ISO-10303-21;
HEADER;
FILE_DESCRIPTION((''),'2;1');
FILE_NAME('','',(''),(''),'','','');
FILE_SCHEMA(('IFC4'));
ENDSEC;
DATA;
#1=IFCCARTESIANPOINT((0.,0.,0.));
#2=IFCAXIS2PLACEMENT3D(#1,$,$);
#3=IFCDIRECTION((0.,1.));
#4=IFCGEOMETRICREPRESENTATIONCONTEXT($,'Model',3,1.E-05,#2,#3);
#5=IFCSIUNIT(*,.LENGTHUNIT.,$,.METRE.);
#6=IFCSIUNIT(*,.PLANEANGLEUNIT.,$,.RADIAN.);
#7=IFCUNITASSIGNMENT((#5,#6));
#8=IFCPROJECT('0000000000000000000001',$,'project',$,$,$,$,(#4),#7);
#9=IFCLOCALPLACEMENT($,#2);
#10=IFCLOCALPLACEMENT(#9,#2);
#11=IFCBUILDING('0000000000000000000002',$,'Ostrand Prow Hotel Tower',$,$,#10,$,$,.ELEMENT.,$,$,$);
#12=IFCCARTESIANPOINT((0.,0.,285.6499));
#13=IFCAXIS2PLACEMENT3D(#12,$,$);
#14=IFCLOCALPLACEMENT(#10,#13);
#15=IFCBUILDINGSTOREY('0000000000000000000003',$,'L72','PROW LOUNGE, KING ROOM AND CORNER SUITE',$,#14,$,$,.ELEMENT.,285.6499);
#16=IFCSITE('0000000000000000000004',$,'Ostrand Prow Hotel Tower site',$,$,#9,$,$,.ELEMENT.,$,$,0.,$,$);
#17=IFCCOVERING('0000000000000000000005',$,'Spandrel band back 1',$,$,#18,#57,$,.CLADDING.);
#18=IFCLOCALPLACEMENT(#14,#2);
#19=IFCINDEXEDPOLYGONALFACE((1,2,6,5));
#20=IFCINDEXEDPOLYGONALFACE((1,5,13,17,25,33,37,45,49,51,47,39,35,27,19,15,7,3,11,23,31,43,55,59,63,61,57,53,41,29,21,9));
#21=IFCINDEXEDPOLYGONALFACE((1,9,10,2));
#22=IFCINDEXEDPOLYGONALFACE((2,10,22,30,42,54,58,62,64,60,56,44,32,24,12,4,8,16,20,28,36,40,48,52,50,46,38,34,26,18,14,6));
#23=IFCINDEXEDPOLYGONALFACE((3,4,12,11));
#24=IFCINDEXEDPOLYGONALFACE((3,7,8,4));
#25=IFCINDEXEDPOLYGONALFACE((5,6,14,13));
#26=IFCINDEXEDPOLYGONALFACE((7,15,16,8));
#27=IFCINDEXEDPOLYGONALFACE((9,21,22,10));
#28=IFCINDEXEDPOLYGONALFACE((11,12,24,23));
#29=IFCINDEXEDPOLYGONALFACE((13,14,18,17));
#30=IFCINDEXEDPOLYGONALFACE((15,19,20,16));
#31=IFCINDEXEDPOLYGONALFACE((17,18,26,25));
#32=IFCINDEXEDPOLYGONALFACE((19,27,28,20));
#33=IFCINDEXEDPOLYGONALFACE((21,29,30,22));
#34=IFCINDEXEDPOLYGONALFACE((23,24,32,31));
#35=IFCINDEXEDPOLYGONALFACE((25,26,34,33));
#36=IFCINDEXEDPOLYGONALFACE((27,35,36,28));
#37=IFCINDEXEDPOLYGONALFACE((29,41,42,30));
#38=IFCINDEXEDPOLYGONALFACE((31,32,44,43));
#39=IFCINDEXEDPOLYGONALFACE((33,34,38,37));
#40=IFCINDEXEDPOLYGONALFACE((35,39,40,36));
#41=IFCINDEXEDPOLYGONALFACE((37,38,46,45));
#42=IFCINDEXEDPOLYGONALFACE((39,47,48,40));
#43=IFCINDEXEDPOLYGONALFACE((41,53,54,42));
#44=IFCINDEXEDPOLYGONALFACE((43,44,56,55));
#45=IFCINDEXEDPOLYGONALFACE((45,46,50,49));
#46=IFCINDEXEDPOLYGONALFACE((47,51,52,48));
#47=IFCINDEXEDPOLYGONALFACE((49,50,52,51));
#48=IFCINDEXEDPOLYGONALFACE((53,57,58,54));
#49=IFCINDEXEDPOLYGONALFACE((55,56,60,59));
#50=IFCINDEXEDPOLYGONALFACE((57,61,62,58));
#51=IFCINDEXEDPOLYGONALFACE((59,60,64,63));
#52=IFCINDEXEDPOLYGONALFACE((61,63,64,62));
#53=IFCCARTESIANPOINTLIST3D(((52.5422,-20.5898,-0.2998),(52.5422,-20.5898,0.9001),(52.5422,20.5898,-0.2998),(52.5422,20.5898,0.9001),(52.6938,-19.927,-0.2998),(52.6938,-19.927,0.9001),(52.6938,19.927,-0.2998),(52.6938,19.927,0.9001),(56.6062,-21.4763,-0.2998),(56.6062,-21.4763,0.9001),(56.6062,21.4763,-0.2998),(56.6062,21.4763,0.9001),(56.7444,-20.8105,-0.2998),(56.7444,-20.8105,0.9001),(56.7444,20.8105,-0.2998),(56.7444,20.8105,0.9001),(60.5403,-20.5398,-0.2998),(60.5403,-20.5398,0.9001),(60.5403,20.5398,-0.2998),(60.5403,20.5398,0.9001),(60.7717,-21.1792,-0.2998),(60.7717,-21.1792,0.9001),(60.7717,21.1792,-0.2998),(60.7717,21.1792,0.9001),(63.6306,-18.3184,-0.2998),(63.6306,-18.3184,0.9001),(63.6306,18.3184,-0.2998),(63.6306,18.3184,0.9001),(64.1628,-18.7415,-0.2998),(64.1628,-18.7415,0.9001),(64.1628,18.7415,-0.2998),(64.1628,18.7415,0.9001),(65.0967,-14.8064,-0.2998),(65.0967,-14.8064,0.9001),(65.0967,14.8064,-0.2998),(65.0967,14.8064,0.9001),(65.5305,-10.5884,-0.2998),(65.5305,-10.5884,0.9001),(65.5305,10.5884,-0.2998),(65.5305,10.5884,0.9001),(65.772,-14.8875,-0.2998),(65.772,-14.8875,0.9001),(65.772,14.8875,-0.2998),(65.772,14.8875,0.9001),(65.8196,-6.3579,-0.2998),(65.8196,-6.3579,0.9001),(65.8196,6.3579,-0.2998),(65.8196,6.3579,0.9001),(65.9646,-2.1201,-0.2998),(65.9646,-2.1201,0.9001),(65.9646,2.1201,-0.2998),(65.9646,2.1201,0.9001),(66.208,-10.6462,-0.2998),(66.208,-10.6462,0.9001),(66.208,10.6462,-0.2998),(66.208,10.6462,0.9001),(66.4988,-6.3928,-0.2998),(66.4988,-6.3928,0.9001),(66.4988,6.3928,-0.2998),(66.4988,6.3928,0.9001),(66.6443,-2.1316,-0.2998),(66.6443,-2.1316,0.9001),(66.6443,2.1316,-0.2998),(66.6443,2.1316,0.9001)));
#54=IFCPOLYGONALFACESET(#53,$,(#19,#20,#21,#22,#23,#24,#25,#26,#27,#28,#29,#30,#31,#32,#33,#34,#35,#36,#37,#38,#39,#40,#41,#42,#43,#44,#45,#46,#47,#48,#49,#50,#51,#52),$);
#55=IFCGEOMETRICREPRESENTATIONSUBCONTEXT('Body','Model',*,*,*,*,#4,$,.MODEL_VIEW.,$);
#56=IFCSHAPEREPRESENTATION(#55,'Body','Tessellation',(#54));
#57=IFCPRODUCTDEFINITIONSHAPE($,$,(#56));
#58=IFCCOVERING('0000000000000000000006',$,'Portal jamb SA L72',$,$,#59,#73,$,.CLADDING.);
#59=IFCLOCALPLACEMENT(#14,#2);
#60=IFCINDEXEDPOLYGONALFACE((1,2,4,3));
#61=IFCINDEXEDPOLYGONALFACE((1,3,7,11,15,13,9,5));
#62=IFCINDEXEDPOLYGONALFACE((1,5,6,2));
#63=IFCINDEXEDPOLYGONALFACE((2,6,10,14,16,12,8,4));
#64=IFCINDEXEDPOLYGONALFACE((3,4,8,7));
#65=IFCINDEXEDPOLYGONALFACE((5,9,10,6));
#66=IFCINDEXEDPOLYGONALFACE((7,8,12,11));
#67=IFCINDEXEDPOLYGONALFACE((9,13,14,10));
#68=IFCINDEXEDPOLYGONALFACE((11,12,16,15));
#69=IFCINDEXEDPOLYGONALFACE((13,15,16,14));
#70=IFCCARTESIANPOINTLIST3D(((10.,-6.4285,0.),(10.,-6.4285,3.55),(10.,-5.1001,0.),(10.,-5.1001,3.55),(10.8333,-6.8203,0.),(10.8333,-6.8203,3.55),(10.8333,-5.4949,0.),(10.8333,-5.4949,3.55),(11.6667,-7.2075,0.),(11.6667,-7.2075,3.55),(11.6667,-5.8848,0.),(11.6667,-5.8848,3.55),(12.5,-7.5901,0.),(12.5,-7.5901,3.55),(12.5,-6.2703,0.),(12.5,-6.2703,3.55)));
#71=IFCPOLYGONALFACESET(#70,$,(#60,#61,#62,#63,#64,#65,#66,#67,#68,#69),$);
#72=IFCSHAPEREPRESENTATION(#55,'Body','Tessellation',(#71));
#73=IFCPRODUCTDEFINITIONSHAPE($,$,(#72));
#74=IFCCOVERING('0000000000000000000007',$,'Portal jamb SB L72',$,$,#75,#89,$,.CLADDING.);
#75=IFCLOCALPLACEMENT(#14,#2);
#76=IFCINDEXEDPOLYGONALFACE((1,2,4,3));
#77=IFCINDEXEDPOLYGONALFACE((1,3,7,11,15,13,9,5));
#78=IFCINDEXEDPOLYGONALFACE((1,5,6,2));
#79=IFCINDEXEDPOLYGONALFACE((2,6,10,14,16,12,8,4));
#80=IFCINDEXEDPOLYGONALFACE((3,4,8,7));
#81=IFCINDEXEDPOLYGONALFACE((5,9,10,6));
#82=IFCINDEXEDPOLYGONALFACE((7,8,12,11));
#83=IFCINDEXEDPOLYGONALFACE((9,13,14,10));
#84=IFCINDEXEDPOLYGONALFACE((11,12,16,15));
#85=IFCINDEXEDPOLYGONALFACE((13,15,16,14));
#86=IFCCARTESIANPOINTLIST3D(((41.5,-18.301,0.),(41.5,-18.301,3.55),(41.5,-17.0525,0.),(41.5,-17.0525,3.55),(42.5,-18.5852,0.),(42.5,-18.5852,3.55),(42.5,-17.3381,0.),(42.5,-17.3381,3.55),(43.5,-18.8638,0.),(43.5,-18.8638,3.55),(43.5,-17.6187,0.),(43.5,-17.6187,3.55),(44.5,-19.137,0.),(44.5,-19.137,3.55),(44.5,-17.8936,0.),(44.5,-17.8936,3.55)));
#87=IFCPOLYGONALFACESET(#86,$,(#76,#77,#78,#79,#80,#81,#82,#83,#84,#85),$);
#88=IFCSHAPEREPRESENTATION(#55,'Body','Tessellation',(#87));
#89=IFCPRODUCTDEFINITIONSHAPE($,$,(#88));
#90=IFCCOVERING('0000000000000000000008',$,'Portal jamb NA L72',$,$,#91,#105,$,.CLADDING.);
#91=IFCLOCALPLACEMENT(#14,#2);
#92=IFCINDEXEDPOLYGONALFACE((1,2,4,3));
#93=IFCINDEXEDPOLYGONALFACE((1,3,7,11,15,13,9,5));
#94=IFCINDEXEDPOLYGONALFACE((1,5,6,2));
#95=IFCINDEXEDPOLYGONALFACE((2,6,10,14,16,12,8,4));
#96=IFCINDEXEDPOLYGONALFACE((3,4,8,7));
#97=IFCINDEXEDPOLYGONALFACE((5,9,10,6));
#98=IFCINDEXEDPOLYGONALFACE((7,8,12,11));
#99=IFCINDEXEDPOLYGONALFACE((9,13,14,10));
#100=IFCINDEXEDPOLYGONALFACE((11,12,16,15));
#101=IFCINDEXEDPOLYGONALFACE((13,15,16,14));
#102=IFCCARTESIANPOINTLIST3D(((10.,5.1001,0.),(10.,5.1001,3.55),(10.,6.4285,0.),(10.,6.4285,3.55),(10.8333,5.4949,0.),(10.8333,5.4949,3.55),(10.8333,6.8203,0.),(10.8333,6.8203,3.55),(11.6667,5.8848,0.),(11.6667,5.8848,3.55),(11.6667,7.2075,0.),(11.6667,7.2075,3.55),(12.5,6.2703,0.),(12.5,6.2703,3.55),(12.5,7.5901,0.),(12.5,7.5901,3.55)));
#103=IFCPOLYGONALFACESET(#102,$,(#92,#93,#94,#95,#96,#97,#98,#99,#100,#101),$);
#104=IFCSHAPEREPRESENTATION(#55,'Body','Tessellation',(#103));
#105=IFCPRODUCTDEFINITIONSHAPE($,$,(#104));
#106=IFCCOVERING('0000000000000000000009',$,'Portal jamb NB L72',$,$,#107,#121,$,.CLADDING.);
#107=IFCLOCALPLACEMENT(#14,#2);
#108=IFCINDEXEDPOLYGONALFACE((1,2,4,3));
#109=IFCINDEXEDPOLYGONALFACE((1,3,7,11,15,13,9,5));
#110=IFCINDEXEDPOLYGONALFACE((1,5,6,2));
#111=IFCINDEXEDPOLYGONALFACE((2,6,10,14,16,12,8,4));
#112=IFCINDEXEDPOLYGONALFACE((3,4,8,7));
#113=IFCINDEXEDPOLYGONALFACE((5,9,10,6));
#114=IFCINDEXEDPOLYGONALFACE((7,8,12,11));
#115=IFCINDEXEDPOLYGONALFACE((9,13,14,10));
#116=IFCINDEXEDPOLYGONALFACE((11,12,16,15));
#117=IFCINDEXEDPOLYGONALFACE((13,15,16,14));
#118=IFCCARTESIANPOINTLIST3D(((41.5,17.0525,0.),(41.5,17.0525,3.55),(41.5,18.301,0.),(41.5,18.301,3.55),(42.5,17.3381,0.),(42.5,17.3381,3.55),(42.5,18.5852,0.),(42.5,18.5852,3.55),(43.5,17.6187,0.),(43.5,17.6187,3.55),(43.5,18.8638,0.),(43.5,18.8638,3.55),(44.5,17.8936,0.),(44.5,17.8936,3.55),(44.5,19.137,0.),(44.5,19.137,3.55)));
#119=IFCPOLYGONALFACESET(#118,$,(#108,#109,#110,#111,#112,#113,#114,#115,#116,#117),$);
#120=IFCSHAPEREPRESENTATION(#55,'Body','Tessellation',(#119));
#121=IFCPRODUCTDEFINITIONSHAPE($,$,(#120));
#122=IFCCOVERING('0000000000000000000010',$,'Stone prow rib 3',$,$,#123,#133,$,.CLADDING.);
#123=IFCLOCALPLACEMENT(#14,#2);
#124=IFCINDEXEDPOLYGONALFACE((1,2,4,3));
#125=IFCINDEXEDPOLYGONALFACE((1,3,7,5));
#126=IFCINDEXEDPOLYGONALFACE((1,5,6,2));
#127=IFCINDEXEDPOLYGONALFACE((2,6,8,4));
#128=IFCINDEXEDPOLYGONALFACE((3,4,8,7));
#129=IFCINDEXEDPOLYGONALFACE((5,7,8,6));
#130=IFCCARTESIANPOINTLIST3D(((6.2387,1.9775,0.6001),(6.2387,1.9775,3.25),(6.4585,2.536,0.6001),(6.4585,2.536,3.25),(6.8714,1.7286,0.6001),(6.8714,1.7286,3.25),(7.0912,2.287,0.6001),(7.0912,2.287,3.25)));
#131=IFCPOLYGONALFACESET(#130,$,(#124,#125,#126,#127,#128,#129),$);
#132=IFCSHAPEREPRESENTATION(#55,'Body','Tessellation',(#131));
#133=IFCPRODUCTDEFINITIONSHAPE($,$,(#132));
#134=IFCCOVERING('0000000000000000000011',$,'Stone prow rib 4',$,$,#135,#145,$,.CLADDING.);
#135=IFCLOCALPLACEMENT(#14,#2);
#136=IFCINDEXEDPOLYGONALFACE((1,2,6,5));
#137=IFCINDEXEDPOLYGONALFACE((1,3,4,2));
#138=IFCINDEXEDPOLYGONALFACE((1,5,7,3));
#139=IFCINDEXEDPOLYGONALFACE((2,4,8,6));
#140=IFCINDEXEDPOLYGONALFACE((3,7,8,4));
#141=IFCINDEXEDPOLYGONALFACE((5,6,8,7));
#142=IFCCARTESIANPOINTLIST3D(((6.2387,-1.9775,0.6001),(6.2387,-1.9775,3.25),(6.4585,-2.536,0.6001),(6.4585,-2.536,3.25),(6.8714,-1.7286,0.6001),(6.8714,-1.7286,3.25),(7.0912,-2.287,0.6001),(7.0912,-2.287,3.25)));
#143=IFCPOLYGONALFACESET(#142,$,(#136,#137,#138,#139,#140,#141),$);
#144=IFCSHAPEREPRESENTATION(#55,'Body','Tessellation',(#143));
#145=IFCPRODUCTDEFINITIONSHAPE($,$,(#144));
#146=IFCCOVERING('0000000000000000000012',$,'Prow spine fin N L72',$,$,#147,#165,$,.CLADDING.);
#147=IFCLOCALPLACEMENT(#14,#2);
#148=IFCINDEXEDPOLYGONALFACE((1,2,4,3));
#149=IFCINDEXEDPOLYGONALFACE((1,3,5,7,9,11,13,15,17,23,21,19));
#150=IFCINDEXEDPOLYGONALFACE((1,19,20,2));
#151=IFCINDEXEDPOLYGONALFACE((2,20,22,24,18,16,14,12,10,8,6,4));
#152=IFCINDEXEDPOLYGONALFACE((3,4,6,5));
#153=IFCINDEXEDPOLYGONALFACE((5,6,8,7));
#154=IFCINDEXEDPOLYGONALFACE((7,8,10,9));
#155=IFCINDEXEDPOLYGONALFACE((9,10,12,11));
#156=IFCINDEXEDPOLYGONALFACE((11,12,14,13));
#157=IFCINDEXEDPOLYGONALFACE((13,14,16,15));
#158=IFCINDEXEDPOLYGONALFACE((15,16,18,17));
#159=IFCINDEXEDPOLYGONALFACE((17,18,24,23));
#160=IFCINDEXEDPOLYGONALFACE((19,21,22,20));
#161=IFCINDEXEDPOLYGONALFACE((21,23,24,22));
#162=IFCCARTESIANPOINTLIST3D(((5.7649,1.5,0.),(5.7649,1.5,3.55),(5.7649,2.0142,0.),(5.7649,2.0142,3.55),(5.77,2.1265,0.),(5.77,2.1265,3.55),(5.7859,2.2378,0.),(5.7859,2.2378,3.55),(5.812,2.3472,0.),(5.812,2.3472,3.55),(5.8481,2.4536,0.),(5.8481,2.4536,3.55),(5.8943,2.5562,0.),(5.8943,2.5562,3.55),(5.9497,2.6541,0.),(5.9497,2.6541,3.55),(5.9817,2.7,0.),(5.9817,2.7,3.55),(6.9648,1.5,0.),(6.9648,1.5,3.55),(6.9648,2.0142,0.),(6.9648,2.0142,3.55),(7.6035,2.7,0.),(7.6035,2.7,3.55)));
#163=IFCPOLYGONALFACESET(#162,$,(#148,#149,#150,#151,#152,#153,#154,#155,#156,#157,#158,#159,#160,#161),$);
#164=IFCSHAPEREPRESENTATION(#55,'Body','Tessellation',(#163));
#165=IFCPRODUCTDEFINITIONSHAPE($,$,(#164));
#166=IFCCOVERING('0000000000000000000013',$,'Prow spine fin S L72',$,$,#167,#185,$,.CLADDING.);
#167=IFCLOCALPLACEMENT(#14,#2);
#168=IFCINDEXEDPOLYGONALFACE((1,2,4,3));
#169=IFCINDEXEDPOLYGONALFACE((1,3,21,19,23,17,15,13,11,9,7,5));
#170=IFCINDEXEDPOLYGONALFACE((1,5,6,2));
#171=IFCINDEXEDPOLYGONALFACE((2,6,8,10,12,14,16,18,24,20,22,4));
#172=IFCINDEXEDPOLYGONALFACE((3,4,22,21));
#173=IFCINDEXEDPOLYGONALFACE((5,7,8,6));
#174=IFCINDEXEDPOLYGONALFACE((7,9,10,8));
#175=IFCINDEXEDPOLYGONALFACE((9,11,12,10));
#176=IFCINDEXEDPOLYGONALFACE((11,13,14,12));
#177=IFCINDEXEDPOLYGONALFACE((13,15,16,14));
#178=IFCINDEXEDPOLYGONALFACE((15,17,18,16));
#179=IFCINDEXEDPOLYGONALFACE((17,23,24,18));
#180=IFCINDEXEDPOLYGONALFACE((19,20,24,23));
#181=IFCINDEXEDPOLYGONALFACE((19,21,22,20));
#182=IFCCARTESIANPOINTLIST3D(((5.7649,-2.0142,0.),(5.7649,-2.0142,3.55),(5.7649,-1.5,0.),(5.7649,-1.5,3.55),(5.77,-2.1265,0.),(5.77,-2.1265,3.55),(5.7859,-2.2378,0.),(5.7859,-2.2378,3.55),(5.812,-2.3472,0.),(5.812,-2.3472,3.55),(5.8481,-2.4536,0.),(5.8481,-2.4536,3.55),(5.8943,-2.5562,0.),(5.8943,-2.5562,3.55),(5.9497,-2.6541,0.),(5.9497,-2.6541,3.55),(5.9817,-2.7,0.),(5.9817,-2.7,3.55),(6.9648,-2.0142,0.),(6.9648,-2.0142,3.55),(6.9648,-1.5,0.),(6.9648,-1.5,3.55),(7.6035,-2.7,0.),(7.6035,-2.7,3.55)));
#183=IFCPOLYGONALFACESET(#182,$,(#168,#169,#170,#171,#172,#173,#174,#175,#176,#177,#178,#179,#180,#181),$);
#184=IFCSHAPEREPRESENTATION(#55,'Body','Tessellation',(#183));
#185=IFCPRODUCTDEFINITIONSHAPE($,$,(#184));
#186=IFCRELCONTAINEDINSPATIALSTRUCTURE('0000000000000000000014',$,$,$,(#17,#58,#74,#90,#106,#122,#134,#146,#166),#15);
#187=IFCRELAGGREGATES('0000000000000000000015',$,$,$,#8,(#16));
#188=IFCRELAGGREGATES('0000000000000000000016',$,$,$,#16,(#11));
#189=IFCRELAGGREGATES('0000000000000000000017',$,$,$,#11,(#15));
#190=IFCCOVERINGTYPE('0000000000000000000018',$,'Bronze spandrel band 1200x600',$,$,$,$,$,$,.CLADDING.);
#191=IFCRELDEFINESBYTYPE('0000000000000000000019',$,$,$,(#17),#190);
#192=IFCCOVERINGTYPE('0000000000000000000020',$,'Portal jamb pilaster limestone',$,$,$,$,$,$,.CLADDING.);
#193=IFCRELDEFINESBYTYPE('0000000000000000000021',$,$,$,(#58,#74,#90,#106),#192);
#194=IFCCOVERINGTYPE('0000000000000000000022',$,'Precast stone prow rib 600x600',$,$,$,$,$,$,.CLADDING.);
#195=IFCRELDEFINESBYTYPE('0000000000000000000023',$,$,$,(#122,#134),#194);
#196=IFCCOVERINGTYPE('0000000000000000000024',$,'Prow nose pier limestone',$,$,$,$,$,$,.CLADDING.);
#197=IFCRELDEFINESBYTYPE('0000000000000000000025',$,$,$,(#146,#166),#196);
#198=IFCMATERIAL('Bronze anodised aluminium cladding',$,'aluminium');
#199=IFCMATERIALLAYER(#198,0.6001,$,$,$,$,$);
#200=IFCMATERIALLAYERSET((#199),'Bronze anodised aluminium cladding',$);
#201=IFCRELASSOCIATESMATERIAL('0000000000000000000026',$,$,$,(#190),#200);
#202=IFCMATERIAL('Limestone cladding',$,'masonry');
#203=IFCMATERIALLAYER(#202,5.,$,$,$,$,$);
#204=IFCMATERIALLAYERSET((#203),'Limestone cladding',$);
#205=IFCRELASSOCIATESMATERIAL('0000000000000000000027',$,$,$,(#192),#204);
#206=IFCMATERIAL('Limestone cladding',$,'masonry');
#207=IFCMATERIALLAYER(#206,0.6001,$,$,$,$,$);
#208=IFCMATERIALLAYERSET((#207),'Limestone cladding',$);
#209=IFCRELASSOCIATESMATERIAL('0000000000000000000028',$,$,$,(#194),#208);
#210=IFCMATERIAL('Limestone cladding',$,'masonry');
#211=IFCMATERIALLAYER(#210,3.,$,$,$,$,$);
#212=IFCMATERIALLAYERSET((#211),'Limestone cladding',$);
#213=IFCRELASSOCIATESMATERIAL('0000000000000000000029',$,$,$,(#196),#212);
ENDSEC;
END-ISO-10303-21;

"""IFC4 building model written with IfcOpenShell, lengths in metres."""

from ifc_helpers import new_model, si_unit, direction, frame, frame_2d, origin, place, context, subcontext, project, spatial, polyline, rectangle, outline, extrude, material, layer, layer_set, type_object, element, save


model = new_model("IFC4")

# Units and contexts
model_context = context("Model", 3, precision=1e-05, world=origin(), true_north=direction((0.0, 1.0)))
body_context = subcontext(model_context, "Body", "Model", "MODEL_VIEW")
ifc_project = project(units=[si_unit("LENGTHUNIT", "METRE"), si_unit("PLANEANGLEUNIT", "RADIAN")], contexts=[model_context])

# Site, building, storey
site_placement = place(None, origin())
site = spatial("IfcSite", under=ifc_project, at=site_placement, Name="Ostrand Prow Hotel Tower site", CompositionType="ELEMENT", RefElevation=0.0)
building_placement = place(site_placement, origin())
building = spatial("IfcBuilding", under=site, at=building_placement, Name="Ostrand Prow Hotel Tower", CompositionType="ELEMENT")
storey_placement = place(building_placement, frame((0.0, 0.0, 285.6499)))
storey = spatial("IfcBuildingStorey", under=building, at=storey_placement, Name="L72", Description="PROW LOUNGE, KING ROOM AND CORNER SUITE", CompositionType="ELEMENT", Elevation=285.6499)

# Coverings
ifc_material_1 = material(Name="Bronze anodised aluminium cladding", Category="aluminium")
ifc_layer_1 = layer(ifc_material_1, 0.6001)
ifc_layer_set_1 = layer_set([ifc_layer_1], Name="Bronze anodised aluminium cladding")
covering_type_1 = type_object("IfcCoveringType", Name="Bronze spandrel band 1200x600", PredefinedType="CLADDING", material=ifc_layer_set_1)
covering_1_placement = place(storey_placement, frame((0.0, 0.0, -0.2998)))
element("IfcCovering", 1, at=covering_1_placement, inside=storey, type_object=covering_type_1, Name="Spandrel band back 1", PredefinedType="CLADDING", context=body_context, shape_type="SweptSolid", body=[
    extrude(outline(polyline([(52.5422, -20.5898), (56.6062, -21.4763), (60.7717, -21.1792), (64.1628, -18.7415), (65.772, -14.8875), (66.208, -10.6462), (66.4988, -6.3928), (66.6443, -2.1316), (66.6443, 2.1316), (66.4988, 6.3928), (66.208, 10.6462), (65.772, 14.8875), (64.1628, 18.7415), (60.7717, 21.1792), (56.6062, 21.4763), (52.5422, 20.5898), (52.6938, 19.927), (56.7444, 20.8105), (60.5403, 20.5398), (63.6306, 18.3184), (65.0967, 14.8064), (65.5305, 10.5884), (65.8196, 6.3579), (65.9646, 2.1201), (65.9646, -2.1201), (65.8196, -6.3579), (65.5305, -10.5884), (65.0967, -14.8064), (63.6306, -18.3184), (60.5403, -20.5398), (56.7444, -20.8105), (52.6938, -19.927), (52.5422, -20.5898)])), origin(), (0.0, 0.0, 1.0), 1.2),
])
ifc_material_2 = material(Name="Limestone cladding", Category="masonry")
ifc_layer_2 = layer(ifc_material_2, 5.0)
ifc_layer_set_2 = layer_set([ifc_layer_2], Name="Limestone cladding")
covering_type_2 = type_object("IfcCoveringType", Name="Portal jamb pilaster limestone", PredefinedType="CLADDING", material=ifc_layer_set_2)
covering_2_placement = place(storey_placement, origin())
element("IfcCovering", 2, at=covering_2_placement, inside=storey, type_object=covering_type_2, Name="Portal jamb SA L72", PredefinedType="CLADDING", context=body_context, shape_type="SweptSolid", body=[
    extrude(outline(polyline([(10.0, -5.1001), (10.0, -6.4285), (10.8333, -6.8203), (11.6667, -7.2075), (12.5, -7.5901), (12.5, -6.2703), (11.6667, -5.8848), (10.8333, -5.4949), (10.0, -5.1001)])), origin(), (0.0, 0.0, 1.0), 3.55),
])
covering_3_placement = place(storey_placement, origin())
element("IfcCovering", 3, at=covering_3_placement, inside=storey, type_object=covering_type_2, Name="Portal jamb SB L72", PredefinedType="CLADDING", context=body_context, shape_type="SweptSolid", body=[
    extrude(outline(polyline([(41.5, -17.0525), (41.5, -18.301), (42.5, -18.5852), (43.5, -18.8638), (44.5, -19.137), (44.5, -17.8936), (43.5, -17.6187), (42.5, -17.3381), (41.5, -17.0525)])), origin(), (0.0, 0.0, 1.0), 3.55),
])
covering_4_placement = place(storey_placement, origin())
element("IfcCovering", 4, at=covering_4_placement, inside=storey, type_object=covering_type_2, Name="Portal jamb NA L72", PredefinedType="CLADDING", context=body_context, shape_type="SweptSolid", body=[
    extrude(outline(polyline([(10.0, 5.1001), (10.8333, 5.4949), (11.6667, 5.8848), (12.5, 6.2703), (12.5, 7.5901), (11.6667, 7.2075), (10.8333, 6.8203), (10.0, 6.4285), (10.0, 5.1001)])), origin(), (0.0, 0.0, 1.0), 3.55),
])
covering_5_placement = place(storey_placement, origin())
element("IfcCovering", 5, at=covering_5_placement, inside=storey, type_object=covering_type_2, Name="Portal jamb NB L72", PredefinedType="CLADDING", context=body_context, shape_type="SweptSolid", body=[
    extrude(outline(polyline([(41.5, 17.0525), (42.5, 17.3381), (43.5, 17.6187), (44.5, 17.8936), (44.5, 19.137), (43.5, 18.8638), (42.5, 18.5852), (41.5, 18.301), (41.5, 17.0525)])), origin(), (0.0, 0.0, 1.0), 3.55),
])
ifc_material_3 = material(Name="Limestone cladding", Category="masonry")
ifc_layer_3 = layer(ifc_material_3, 0.6001)
ifc_layer_set_3 = layer_set([ifc_layer_3], Name="Limestone cladding")
covering_type_3 = type_object("IfcCoveringType", Name="Precast stone prow rib 600x600", PredefinedType="CLADDING", material=ifc_layer_set_3)
for number, where, z_axis, x_axis, name in (
    (6, (6.9812, 2.0078, 0.6001), (0.0, 0.0, 1.0), (-0.930542, 0.366185, 0.0), "Stone prow rib 3"),
    (7, (6.9812, -2.0078, 0.6001), (0.0, 0.0, 1.0), (-0.930542, -0.366185, 0.0), "Stone prow rib 4"),
):
    element("IfcCovering", number, at=place(storey_placement, frame(where, z_axis=z_axis, x_axis=x_axis)), inside=storey, type_object=covering_type_3, Name=name, PredefinedType="CLADDING", context=body_context, shape_type="SweptSolid", body=[
        extrude(rectangle(XDim=0.6799, YDim=0.6001, at=frame_2d((0.3398, 0.0))), origin(), (0.0, 0.0, 1.0), 2.6499),
    ])
ifc_material_4 = material(Name="Limestone cladding", Category="masonry")
ifc_layer_4 = layer(ifc_material_4, 3.0)
ifc_layer_set_4 = layer_set([ifc_layer_4], Name="Limestone cladding")
covering_type_4 = type_object("IfcCoveringType", Name="Prow nose pier limestone", PredefinedType="CLADDING", material=ifc_layer_set_4)
covering_6_placement = place(storey_placement, origin())
element("IfcCovering", 8, at=covering_6_placement, inside=storey, type_object=covering_type_4, Name="Prow spine fin N L72", PredefinedType="CLADDING", context=body_context, shape_type="SweptSolid", body=[
    extrude(outline(polyline([(5.7649, 2.0142), (5.7649, 1.5), (6.9648, 1.5), (6.9648, 2.0142), (7.6035, 2.7), (5.9817, 2.7), (5.9497, 2.6541), (5.8943, 2.5562), (5.8481, 2.4536), (5.812, 2.3472), (5.7859, 2.2378), (5.77, 2.1265), (5.7649, 2.0142)])), origin(), (0.0, 0.0, 1.0), 3.55),
])
covering_7_placement = place(storey_placement, origin())
element("IfcCovering", 9, at=covering_7_placement, inside=storey, type_object=covering_type_4, Name="Prow spine fin S L72", PredefinedType="CLADDING", context=body_context, shape_type="SweptSolid", body=[
    extrude(outline(polyline([(5.9497, -2.6541), (5.9817, -2.7), (7.6035, -2.7), (6.9648, -2.0142), (6.9648, -1.5), (5.7649, -1.5), (5.7649, -2.0142), (5.77, -2.1265), (5.7859, -2.2378), (5.812, -2.3472), (5.8481, -2.4536), (5.8943, -2.5562), (5.9497, -2.6541)])), origin(), (0.0, 0.0, 1.0), 3.55),
])

save(model, "model.ifc")
